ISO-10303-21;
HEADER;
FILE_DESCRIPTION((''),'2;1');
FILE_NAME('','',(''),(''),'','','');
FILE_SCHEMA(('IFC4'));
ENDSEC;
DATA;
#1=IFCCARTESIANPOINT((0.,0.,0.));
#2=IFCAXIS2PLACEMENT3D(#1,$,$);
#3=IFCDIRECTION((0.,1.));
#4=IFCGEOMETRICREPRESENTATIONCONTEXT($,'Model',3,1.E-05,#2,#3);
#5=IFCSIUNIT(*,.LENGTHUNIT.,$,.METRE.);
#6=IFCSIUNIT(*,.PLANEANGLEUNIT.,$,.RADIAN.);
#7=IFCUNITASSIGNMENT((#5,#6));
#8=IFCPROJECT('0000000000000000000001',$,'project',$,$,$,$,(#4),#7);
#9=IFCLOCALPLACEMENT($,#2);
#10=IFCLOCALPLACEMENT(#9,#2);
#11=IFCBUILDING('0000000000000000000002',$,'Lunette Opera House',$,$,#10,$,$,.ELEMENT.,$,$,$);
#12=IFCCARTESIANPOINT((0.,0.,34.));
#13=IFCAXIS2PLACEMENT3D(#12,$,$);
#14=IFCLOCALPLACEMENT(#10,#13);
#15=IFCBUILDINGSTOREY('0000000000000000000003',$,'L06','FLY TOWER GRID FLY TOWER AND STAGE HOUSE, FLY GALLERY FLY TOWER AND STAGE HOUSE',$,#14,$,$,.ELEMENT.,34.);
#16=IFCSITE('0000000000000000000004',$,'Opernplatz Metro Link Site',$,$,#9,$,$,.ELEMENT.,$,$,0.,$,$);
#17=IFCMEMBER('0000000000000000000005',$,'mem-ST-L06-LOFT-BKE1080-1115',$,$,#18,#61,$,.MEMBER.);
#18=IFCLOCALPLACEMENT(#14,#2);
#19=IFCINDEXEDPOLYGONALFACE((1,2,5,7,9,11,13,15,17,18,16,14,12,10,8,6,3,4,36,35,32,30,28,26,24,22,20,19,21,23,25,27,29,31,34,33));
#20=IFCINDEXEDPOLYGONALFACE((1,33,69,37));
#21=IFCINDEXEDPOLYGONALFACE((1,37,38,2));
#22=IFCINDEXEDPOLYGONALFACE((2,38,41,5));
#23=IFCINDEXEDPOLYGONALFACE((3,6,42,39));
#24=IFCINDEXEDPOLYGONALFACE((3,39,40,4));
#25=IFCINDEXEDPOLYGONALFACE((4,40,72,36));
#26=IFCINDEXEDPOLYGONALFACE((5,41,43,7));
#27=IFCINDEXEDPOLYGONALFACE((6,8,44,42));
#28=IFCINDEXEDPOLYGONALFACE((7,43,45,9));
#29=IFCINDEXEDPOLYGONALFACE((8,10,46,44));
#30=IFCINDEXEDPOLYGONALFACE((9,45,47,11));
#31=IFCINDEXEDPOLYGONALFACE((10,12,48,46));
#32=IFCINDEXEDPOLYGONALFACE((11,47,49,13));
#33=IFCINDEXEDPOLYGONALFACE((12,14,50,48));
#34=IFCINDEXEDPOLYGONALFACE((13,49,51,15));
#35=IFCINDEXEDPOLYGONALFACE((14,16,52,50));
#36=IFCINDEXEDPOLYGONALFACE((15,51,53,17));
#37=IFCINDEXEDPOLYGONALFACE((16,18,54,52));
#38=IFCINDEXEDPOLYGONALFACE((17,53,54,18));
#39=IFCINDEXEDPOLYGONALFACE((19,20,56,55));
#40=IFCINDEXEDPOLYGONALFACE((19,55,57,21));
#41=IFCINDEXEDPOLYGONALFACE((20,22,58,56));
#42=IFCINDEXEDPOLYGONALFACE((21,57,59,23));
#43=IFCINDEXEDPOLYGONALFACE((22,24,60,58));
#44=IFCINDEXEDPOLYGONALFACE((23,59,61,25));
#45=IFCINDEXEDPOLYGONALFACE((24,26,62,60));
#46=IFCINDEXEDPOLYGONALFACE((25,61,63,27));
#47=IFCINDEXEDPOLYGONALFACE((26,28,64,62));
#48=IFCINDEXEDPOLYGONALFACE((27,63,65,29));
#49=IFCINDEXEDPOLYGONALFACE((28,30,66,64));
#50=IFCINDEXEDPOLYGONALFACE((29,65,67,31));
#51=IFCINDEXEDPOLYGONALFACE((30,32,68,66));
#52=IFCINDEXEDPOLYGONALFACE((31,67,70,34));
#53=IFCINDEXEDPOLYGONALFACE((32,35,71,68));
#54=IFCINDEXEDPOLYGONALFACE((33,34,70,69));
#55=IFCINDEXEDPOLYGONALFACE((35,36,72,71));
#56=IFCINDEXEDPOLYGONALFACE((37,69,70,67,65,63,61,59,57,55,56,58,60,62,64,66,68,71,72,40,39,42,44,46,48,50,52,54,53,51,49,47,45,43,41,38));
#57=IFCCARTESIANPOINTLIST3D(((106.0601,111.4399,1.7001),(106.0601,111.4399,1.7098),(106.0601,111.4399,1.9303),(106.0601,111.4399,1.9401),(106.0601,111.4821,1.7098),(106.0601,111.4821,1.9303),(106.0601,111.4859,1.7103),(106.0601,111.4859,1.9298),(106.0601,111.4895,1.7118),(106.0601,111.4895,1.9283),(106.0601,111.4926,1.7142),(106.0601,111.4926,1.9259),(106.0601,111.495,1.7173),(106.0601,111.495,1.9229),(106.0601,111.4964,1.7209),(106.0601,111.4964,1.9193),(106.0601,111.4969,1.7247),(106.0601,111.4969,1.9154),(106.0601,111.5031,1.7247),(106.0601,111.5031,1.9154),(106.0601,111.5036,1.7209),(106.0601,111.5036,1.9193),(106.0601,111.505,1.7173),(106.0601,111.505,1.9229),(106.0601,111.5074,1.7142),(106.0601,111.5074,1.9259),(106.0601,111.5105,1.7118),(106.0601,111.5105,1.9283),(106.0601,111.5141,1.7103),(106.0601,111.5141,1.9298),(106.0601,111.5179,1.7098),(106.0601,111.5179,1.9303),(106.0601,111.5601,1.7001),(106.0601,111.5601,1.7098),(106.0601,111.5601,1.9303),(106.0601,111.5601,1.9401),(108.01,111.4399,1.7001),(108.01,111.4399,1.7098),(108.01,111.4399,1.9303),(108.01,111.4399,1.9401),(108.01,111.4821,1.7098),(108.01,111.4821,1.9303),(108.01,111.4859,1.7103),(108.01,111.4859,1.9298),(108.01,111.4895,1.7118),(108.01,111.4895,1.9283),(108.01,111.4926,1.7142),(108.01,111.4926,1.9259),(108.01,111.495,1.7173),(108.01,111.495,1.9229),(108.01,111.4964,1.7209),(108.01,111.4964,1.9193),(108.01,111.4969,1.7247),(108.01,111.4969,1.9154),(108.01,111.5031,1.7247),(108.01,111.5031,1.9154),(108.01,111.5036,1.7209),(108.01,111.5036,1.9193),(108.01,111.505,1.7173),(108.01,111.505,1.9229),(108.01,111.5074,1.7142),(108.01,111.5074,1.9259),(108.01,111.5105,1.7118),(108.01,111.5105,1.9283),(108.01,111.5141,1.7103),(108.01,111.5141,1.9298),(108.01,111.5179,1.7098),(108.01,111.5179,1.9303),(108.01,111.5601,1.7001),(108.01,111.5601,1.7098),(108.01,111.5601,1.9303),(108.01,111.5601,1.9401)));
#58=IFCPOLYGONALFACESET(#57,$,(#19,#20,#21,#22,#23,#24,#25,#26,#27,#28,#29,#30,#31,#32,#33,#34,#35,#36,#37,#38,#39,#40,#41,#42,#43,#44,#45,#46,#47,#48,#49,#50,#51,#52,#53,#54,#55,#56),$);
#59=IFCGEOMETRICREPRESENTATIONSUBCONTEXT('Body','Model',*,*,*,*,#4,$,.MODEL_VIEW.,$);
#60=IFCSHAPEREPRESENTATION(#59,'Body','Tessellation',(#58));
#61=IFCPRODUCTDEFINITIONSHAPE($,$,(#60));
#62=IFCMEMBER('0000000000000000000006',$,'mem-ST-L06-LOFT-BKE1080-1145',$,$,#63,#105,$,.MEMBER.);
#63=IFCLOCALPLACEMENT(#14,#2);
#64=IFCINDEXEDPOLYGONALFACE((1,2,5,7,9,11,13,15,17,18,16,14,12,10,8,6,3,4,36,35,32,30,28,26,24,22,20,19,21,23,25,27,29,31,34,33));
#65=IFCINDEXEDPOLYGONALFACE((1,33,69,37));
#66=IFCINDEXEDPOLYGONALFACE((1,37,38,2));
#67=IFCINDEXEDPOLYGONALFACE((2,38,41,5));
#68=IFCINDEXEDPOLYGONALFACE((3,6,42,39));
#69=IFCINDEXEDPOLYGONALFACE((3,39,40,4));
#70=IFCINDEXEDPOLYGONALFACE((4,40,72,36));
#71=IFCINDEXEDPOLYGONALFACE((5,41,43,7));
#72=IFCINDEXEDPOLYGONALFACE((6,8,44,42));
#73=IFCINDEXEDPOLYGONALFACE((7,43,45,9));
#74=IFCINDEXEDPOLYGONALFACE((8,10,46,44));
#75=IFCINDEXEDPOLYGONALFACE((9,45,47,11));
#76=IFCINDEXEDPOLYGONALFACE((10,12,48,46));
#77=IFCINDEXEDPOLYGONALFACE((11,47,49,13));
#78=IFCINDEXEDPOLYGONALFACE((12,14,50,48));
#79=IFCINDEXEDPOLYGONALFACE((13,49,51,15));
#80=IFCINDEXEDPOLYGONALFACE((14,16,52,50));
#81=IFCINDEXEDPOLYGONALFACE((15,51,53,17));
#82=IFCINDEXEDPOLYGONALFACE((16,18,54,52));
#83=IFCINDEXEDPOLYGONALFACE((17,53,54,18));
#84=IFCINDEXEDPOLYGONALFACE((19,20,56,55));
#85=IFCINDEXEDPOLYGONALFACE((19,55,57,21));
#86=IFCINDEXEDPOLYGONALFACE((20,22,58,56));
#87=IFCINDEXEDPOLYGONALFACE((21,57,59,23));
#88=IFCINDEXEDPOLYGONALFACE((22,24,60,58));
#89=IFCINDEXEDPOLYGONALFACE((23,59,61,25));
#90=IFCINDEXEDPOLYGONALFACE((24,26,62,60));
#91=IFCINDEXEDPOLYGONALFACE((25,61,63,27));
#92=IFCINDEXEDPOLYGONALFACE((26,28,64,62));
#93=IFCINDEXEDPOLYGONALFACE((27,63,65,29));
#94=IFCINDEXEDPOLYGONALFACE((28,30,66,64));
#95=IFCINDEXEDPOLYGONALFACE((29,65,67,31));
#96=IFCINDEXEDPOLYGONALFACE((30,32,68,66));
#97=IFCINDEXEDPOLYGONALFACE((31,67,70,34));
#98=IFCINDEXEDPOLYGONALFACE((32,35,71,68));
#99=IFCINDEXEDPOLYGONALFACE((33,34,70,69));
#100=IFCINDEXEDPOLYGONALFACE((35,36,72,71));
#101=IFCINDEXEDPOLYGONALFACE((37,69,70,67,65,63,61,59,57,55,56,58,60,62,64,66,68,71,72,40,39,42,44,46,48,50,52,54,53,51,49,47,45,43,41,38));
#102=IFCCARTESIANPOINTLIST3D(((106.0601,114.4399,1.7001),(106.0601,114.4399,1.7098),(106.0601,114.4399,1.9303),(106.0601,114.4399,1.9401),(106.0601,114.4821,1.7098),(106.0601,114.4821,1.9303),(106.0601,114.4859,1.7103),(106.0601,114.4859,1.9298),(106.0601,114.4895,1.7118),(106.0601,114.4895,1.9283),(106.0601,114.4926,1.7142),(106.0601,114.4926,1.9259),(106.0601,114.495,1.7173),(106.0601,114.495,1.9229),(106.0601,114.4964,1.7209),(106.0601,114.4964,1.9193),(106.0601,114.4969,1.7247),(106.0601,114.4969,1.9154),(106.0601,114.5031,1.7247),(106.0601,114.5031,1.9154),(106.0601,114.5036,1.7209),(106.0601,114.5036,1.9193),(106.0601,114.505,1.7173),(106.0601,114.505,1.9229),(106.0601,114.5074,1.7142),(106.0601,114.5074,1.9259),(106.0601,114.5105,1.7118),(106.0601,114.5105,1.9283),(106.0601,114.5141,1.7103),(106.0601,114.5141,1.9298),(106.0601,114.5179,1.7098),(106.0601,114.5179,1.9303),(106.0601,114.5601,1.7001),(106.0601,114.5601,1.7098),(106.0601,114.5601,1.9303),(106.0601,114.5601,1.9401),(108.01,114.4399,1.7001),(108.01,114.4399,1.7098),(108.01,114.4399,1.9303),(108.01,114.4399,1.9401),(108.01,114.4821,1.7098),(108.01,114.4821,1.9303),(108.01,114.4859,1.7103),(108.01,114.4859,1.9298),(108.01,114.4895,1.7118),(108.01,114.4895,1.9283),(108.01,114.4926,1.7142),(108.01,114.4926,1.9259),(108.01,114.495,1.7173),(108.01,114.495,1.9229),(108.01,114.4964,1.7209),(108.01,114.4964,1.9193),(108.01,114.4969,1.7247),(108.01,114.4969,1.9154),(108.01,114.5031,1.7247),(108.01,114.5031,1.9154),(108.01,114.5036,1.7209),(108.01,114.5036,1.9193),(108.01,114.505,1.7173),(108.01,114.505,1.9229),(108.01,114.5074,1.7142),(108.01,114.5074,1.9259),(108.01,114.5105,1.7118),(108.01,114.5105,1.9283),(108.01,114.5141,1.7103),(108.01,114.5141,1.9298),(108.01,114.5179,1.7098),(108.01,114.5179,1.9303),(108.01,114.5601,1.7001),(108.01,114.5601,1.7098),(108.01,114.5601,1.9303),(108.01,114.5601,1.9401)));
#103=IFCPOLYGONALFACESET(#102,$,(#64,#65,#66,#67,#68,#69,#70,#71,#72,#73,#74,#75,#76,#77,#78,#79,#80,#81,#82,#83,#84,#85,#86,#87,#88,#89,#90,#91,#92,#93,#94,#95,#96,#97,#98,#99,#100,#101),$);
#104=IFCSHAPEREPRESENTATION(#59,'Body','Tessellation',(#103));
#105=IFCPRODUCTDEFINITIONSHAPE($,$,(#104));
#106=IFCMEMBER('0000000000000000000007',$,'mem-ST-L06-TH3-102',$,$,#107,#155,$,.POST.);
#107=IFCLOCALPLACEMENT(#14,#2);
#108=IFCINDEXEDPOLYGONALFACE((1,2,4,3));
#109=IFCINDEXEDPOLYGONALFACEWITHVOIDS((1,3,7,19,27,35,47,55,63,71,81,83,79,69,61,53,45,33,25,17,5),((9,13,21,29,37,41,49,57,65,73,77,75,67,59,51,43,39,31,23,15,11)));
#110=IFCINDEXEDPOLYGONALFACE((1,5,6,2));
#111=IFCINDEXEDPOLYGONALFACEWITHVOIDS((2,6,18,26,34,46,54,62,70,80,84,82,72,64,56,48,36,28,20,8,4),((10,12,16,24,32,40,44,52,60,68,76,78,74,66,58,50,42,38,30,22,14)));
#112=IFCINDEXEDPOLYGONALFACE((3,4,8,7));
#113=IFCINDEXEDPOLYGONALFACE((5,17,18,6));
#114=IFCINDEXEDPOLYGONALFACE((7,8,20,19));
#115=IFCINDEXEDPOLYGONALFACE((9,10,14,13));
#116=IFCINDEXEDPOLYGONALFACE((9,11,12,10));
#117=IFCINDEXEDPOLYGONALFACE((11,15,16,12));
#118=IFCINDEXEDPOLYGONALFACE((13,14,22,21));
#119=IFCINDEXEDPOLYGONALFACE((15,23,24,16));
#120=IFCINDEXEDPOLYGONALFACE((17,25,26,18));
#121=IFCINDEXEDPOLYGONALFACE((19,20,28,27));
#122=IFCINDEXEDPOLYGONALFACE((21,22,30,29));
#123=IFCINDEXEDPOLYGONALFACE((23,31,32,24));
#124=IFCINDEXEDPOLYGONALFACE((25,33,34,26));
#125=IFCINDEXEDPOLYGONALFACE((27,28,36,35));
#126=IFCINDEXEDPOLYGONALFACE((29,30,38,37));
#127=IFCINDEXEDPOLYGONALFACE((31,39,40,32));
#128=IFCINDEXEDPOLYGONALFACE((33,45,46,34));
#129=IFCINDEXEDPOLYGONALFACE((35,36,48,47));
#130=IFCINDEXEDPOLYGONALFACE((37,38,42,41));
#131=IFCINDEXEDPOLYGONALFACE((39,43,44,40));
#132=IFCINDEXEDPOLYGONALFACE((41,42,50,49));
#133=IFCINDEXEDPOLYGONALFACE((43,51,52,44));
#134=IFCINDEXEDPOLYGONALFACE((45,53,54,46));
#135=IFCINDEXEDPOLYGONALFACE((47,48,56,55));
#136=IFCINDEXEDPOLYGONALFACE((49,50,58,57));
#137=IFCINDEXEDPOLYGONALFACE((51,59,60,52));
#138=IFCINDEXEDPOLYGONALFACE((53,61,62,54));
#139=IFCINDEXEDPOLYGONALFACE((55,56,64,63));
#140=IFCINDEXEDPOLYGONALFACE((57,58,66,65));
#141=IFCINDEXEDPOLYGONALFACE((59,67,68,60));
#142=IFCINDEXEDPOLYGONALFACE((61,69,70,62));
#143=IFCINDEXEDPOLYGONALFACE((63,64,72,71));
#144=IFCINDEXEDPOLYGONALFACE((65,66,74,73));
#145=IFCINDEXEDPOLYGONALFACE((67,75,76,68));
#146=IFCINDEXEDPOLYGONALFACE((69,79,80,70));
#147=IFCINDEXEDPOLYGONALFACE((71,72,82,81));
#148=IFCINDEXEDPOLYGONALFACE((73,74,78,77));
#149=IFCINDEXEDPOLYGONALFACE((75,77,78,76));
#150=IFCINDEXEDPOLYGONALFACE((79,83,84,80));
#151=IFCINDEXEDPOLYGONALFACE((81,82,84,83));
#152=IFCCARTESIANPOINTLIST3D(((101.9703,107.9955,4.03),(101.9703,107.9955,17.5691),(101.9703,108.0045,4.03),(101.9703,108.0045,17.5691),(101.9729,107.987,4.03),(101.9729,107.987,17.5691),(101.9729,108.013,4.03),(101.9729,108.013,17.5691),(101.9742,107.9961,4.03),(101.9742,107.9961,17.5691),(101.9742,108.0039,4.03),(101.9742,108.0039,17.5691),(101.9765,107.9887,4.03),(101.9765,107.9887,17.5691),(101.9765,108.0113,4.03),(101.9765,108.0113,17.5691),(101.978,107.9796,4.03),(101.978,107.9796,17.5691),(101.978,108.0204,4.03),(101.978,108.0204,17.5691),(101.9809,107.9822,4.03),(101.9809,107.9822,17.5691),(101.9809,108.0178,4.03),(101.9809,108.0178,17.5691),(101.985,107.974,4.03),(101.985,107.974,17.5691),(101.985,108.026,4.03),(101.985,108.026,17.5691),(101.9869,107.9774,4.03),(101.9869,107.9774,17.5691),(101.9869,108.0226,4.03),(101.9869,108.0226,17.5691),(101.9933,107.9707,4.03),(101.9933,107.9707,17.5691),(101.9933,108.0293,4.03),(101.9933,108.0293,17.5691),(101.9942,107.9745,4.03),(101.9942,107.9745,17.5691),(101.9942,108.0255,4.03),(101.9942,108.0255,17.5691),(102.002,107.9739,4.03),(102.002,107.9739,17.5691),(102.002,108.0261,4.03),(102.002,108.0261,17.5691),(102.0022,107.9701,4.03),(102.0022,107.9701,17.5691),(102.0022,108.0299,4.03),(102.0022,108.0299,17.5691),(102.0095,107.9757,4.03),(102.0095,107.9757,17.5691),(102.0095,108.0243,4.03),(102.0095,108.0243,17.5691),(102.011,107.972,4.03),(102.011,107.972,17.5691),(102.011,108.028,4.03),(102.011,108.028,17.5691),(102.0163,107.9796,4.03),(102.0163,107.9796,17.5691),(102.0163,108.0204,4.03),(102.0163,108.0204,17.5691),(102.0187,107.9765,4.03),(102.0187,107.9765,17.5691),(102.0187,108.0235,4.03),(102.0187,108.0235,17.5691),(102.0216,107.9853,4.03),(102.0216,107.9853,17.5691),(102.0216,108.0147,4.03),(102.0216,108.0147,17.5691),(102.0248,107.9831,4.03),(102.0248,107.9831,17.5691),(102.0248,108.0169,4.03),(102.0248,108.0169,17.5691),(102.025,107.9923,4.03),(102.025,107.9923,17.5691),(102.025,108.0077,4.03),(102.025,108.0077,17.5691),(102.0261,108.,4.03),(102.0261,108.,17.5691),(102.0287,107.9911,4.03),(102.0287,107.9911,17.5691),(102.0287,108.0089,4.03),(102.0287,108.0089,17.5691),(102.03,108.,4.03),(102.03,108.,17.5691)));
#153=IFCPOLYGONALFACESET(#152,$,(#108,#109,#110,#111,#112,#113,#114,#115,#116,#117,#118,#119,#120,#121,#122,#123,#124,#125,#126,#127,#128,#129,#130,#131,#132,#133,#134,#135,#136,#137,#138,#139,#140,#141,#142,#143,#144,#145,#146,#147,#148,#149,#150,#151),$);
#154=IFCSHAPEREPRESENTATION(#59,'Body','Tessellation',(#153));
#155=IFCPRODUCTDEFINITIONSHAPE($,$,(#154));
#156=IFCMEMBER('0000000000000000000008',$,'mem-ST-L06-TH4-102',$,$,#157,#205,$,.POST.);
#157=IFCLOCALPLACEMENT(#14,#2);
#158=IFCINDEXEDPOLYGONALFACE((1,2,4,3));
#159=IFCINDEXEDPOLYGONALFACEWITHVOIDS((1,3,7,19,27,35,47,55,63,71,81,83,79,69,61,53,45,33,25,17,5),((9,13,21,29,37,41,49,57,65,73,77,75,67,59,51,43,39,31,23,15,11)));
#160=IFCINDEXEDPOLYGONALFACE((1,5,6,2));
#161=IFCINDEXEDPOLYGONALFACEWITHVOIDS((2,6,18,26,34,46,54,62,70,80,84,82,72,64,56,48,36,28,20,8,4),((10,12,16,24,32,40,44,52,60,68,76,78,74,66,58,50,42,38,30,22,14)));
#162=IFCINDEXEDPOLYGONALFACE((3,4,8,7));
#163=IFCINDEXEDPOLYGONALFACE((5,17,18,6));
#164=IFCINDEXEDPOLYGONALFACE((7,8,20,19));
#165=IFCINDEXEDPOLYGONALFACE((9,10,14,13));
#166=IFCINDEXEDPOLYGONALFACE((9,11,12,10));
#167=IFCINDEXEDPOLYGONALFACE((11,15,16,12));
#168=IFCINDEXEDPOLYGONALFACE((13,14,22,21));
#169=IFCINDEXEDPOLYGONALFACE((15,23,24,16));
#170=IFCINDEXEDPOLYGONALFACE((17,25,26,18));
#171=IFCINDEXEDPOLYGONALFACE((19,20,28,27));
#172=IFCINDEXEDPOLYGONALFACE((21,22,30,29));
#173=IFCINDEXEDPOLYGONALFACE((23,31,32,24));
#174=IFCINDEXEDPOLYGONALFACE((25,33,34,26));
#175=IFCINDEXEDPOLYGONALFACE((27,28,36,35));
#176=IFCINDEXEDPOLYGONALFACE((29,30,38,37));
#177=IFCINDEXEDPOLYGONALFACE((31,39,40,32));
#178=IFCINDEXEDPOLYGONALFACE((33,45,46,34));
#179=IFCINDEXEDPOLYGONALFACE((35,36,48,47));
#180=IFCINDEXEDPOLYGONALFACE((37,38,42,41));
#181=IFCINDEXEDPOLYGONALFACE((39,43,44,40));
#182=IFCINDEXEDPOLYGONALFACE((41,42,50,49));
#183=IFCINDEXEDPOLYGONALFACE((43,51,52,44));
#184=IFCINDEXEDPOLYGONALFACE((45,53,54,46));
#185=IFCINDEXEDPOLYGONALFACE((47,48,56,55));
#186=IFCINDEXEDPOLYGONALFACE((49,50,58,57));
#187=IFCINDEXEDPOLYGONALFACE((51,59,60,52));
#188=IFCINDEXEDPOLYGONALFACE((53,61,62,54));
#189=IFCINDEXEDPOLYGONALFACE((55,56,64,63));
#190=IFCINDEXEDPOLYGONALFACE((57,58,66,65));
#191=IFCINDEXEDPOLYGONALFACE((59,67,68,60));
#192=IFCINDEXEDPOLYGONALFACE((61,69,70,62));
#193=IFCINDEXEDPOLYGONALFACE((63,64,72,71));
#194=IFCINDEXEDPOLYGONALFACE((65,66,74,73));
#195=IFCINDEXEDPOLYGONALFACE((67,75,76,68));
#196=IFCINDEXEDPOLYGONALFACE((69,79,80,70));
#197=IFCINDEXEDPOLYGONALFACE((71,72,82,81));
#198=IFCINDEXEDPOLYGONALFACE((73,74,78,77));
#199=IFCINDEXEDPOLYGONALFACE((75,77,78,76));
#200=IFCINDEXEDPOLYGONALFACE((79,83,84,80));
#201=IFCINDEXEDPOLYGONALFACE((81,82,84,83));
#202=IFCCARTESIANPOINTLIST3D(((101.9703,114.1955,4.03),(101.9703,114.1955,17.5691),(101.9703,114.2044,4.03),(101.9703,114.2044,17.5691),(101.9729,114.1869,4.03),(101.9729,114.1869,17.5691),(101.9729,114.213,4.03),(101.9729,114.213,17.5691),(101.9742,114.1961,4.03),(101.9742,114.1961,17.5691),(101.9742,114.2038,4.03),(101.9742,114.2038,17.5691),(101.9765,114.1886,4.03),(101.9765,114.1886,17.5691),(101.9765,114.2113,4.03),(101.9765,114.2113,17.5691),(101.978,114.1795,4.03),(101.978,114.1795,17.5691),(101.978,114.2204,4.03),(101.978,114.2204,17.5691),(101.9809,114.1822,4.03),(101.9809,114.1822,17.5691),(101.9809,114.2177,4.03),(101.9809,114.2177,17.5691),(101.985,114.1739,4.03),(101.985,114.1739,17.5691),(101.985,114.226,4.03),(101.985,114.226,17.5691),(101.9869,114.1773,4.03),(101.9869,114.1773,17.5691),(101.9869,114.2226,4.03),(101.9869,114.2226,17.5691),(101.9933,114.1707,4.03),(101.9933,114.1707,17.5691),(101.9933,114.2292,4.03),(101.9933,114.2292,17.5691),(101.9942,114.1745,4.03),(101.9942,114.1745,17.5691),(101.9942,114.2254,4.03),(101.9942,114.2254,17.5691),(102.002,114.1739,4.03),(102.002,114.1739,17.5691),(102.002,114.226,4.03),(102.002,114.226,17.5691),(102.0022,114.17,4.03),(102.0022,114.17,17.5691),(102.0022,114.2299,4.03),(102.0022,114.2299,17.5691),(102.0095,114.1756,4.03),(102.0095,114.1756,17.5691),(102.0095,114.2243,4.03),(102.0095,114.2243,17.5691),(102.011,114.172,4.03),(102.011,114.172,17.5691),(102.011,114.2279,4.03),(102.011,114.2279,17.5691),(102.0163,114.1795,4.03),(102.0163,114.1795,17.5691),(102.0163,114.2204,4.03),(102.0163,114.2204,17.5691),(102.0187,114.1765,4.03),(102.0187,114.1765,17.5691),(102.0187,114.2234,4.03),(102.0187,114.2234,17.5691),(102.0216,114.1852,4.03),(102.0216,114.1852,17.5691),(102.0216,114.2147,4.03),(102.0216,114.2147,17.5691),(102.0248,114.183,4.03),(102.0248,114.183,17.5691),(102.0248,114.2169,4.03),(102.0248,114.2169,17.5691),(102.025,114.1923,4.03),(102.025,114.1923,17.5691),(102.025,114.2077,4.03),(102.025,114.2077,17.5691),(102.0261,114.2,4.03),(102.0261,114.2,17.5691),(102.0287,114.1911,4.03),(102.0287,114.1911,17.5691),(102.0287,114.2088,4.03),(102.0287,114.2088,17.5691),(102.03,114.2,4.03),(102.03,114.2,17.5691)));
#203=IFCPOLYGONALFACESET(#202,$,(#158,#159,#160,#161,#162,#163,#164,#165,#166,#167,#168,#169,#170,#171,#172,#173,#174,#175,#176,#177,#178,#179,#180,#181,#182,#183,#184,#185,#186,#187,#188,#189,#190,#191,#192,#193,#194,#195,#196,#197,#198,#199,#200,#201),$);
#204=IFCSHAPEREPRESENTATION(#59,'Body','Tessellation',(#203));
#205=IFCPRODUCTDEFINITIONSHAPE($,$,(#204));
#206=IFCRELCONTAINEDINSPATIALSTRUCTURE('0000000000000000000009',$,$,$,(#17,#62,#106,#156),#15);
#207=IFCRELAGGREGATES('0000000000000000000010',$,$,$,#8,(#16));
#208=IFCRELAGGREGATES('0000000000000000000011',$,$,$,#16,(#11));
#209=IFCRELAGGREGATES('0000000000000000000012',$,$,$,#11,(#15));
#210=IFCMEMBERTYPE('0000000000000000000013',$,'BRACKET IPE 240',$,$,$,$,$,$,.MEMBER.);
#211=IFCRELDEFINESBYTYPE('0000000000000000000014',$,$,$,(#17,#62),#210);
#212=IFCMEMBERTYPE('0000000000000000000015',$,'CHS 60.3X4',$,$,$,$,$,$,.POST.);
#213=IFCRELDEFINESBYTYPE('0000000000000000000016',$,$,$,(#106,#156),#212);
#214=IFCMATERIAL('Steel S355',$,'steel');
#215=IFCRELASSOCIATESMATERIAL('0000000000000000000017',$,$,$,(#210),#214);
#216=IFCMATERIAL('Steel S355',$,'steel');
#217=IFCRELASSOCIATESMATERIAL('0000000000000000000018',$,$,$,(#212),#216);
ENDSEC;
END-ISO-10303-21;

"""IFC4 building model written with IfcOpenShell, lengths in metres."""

from ifc_helpers import new_model, si_unit, direction, frame, origin, origin_2d, place, context, subcontext, project, spatial, hollow_circle, i_section, extrude, material, material_profile, profile_set, type_object, element, save


model = new_model("IFC4")

# Units and contexts
model_context = context("Model", 3, precision=1e-05, world=origin(), true_north=direction((0.0, 1.0)))
body_context = subcontext(model_context, "Body", "Model", "MODEL_VIEW")
ifc_project = project(units=[si_unit("LENGTHUNIT", "METRE"), si_unit("PLANEANGLEUNIT", "RADIAN")], contexts=[model_context])

# Site, building, storey
site_placement = place(None, origin())
site = spatial("IfcSite", under=ifc_project, at=site_placement, Name="Opernplatz Metro Link Site", CompositionType="ELEMENT", RefElevation=0.0)
building_placement = place(site_placement, origin())
building = spatial("IfcBuilding", under=site, at=building_placement, Name="Lunette Opera House", CompositionType="ELEMENT")
storey_placement = place(building_placement, frame((0.0, 0.0, 34.0)))
storey = spatial("IfcBuildingStorey", under=building, at=storey_placement, Name="L06", Description="FLY TOWER GRID FLY TOWER AND STAGE HOUSE, FLY GALLERY FLY TOWER AND STAGE HOUSE", CompositionType="ELEMENT", Elevation=34.0)

# Members
ifc_material_1 = material(Name="Steel S355", Category="steel")
ifc_material_profile_1 = material_profile(ifc_material_1, i_section(OverallWidth=0.1201, OverallDepth=0.24, WebThickness=0.0061, FlangeThickness=0.0098, FilletRadius=0.0149, at=origin_2d()), Name="IPE 240")
ifc_profile_set_1 = profile_set([ifc_material_profile_1], Name="Steel S355")
member_type_1 = type_object("IfcMemberType", Name="BRACKET IPE 240", PredefinedType="MEMBER", material=ifc_profile_set_1)
for number, where, z_axis, x_axis, name in (
    (1, (108.01, 111.5, 1.8201), (-1.0, 0.0, 0.0), (0.0, -1.0, 0.0), "mem-ST-L06-LOFT-BKE1080-1115"),
    (2, (108.01, 114.5, 1.8201), (-1.0, 0.0, 0.0), (0.0, -1.0, 0.0), "mem-ST-L06-LOFT-BKE1080-1145"),
):
    element("IfcMember", number, at=place(storey_placement, frame(where, z_axis=z_axis, x_axis=x_axis)), inside=storey, type_object=member_type_1, Name=name, PredefinedType="MEMBER", context=body_context, shape_type="SweptSolid", body=[
        extrude(i_section(OverallWidth=0.1201, OverallDepth=0.24, WebThickness=0.0061, FlangeThickness=0.0098, FilletRadius=0.0149, at=origin_2d()), origin(), (0.0, 0.0, 1.0), 1.95),
    ])
ifc_material_2 = material(Name="Steel S355", Category="steel")
ifc_material_profile_2 = material_profile(ifc_material_2, hollow_circle(Radius=0.03, WallThickness=0.0039, at=origin_2d()), Name="CHS 60.3X4")
ifc_profile_set_2 = profile_set([ifc_material_profile_2], Name="Steel S355")
member_type_2 = type_object("IfcMemberType", Name="CHS 60.3X4", PredefinedType="POST", material=ifc_profile_set_2)
for number, where, z_axis, x_axis, name in (
    (3, (102.0, 108.0, 4.03), (0.0, 0.0, 1.0), (1.0, 0.0, 0.0), "mem-ST-L06-TH3-102"),
    (4, (102.0, 114.2, 4.03), (0.0, 0.0, 1.0), (1.0, 0.0, 0.0), "mem-ST-L06-TH4-102"),
):
    element("IfcMember", number, at=place(storey_placement, frame(where, z_axis=z_axis, x_axis=x_axis)), inside=storey, type_object=member_type_2, Name=name, PredefinedType="POST", context=body_context, shape_type="SweptSolid", body=[
        extrude(hollow_circle(Radius=0.03, WallThickness=0.0039, at=origin_2d()), origin(), (0.0, 0.0, 1.0), 13.5391),
    ])

save(model, "model.ifc")
